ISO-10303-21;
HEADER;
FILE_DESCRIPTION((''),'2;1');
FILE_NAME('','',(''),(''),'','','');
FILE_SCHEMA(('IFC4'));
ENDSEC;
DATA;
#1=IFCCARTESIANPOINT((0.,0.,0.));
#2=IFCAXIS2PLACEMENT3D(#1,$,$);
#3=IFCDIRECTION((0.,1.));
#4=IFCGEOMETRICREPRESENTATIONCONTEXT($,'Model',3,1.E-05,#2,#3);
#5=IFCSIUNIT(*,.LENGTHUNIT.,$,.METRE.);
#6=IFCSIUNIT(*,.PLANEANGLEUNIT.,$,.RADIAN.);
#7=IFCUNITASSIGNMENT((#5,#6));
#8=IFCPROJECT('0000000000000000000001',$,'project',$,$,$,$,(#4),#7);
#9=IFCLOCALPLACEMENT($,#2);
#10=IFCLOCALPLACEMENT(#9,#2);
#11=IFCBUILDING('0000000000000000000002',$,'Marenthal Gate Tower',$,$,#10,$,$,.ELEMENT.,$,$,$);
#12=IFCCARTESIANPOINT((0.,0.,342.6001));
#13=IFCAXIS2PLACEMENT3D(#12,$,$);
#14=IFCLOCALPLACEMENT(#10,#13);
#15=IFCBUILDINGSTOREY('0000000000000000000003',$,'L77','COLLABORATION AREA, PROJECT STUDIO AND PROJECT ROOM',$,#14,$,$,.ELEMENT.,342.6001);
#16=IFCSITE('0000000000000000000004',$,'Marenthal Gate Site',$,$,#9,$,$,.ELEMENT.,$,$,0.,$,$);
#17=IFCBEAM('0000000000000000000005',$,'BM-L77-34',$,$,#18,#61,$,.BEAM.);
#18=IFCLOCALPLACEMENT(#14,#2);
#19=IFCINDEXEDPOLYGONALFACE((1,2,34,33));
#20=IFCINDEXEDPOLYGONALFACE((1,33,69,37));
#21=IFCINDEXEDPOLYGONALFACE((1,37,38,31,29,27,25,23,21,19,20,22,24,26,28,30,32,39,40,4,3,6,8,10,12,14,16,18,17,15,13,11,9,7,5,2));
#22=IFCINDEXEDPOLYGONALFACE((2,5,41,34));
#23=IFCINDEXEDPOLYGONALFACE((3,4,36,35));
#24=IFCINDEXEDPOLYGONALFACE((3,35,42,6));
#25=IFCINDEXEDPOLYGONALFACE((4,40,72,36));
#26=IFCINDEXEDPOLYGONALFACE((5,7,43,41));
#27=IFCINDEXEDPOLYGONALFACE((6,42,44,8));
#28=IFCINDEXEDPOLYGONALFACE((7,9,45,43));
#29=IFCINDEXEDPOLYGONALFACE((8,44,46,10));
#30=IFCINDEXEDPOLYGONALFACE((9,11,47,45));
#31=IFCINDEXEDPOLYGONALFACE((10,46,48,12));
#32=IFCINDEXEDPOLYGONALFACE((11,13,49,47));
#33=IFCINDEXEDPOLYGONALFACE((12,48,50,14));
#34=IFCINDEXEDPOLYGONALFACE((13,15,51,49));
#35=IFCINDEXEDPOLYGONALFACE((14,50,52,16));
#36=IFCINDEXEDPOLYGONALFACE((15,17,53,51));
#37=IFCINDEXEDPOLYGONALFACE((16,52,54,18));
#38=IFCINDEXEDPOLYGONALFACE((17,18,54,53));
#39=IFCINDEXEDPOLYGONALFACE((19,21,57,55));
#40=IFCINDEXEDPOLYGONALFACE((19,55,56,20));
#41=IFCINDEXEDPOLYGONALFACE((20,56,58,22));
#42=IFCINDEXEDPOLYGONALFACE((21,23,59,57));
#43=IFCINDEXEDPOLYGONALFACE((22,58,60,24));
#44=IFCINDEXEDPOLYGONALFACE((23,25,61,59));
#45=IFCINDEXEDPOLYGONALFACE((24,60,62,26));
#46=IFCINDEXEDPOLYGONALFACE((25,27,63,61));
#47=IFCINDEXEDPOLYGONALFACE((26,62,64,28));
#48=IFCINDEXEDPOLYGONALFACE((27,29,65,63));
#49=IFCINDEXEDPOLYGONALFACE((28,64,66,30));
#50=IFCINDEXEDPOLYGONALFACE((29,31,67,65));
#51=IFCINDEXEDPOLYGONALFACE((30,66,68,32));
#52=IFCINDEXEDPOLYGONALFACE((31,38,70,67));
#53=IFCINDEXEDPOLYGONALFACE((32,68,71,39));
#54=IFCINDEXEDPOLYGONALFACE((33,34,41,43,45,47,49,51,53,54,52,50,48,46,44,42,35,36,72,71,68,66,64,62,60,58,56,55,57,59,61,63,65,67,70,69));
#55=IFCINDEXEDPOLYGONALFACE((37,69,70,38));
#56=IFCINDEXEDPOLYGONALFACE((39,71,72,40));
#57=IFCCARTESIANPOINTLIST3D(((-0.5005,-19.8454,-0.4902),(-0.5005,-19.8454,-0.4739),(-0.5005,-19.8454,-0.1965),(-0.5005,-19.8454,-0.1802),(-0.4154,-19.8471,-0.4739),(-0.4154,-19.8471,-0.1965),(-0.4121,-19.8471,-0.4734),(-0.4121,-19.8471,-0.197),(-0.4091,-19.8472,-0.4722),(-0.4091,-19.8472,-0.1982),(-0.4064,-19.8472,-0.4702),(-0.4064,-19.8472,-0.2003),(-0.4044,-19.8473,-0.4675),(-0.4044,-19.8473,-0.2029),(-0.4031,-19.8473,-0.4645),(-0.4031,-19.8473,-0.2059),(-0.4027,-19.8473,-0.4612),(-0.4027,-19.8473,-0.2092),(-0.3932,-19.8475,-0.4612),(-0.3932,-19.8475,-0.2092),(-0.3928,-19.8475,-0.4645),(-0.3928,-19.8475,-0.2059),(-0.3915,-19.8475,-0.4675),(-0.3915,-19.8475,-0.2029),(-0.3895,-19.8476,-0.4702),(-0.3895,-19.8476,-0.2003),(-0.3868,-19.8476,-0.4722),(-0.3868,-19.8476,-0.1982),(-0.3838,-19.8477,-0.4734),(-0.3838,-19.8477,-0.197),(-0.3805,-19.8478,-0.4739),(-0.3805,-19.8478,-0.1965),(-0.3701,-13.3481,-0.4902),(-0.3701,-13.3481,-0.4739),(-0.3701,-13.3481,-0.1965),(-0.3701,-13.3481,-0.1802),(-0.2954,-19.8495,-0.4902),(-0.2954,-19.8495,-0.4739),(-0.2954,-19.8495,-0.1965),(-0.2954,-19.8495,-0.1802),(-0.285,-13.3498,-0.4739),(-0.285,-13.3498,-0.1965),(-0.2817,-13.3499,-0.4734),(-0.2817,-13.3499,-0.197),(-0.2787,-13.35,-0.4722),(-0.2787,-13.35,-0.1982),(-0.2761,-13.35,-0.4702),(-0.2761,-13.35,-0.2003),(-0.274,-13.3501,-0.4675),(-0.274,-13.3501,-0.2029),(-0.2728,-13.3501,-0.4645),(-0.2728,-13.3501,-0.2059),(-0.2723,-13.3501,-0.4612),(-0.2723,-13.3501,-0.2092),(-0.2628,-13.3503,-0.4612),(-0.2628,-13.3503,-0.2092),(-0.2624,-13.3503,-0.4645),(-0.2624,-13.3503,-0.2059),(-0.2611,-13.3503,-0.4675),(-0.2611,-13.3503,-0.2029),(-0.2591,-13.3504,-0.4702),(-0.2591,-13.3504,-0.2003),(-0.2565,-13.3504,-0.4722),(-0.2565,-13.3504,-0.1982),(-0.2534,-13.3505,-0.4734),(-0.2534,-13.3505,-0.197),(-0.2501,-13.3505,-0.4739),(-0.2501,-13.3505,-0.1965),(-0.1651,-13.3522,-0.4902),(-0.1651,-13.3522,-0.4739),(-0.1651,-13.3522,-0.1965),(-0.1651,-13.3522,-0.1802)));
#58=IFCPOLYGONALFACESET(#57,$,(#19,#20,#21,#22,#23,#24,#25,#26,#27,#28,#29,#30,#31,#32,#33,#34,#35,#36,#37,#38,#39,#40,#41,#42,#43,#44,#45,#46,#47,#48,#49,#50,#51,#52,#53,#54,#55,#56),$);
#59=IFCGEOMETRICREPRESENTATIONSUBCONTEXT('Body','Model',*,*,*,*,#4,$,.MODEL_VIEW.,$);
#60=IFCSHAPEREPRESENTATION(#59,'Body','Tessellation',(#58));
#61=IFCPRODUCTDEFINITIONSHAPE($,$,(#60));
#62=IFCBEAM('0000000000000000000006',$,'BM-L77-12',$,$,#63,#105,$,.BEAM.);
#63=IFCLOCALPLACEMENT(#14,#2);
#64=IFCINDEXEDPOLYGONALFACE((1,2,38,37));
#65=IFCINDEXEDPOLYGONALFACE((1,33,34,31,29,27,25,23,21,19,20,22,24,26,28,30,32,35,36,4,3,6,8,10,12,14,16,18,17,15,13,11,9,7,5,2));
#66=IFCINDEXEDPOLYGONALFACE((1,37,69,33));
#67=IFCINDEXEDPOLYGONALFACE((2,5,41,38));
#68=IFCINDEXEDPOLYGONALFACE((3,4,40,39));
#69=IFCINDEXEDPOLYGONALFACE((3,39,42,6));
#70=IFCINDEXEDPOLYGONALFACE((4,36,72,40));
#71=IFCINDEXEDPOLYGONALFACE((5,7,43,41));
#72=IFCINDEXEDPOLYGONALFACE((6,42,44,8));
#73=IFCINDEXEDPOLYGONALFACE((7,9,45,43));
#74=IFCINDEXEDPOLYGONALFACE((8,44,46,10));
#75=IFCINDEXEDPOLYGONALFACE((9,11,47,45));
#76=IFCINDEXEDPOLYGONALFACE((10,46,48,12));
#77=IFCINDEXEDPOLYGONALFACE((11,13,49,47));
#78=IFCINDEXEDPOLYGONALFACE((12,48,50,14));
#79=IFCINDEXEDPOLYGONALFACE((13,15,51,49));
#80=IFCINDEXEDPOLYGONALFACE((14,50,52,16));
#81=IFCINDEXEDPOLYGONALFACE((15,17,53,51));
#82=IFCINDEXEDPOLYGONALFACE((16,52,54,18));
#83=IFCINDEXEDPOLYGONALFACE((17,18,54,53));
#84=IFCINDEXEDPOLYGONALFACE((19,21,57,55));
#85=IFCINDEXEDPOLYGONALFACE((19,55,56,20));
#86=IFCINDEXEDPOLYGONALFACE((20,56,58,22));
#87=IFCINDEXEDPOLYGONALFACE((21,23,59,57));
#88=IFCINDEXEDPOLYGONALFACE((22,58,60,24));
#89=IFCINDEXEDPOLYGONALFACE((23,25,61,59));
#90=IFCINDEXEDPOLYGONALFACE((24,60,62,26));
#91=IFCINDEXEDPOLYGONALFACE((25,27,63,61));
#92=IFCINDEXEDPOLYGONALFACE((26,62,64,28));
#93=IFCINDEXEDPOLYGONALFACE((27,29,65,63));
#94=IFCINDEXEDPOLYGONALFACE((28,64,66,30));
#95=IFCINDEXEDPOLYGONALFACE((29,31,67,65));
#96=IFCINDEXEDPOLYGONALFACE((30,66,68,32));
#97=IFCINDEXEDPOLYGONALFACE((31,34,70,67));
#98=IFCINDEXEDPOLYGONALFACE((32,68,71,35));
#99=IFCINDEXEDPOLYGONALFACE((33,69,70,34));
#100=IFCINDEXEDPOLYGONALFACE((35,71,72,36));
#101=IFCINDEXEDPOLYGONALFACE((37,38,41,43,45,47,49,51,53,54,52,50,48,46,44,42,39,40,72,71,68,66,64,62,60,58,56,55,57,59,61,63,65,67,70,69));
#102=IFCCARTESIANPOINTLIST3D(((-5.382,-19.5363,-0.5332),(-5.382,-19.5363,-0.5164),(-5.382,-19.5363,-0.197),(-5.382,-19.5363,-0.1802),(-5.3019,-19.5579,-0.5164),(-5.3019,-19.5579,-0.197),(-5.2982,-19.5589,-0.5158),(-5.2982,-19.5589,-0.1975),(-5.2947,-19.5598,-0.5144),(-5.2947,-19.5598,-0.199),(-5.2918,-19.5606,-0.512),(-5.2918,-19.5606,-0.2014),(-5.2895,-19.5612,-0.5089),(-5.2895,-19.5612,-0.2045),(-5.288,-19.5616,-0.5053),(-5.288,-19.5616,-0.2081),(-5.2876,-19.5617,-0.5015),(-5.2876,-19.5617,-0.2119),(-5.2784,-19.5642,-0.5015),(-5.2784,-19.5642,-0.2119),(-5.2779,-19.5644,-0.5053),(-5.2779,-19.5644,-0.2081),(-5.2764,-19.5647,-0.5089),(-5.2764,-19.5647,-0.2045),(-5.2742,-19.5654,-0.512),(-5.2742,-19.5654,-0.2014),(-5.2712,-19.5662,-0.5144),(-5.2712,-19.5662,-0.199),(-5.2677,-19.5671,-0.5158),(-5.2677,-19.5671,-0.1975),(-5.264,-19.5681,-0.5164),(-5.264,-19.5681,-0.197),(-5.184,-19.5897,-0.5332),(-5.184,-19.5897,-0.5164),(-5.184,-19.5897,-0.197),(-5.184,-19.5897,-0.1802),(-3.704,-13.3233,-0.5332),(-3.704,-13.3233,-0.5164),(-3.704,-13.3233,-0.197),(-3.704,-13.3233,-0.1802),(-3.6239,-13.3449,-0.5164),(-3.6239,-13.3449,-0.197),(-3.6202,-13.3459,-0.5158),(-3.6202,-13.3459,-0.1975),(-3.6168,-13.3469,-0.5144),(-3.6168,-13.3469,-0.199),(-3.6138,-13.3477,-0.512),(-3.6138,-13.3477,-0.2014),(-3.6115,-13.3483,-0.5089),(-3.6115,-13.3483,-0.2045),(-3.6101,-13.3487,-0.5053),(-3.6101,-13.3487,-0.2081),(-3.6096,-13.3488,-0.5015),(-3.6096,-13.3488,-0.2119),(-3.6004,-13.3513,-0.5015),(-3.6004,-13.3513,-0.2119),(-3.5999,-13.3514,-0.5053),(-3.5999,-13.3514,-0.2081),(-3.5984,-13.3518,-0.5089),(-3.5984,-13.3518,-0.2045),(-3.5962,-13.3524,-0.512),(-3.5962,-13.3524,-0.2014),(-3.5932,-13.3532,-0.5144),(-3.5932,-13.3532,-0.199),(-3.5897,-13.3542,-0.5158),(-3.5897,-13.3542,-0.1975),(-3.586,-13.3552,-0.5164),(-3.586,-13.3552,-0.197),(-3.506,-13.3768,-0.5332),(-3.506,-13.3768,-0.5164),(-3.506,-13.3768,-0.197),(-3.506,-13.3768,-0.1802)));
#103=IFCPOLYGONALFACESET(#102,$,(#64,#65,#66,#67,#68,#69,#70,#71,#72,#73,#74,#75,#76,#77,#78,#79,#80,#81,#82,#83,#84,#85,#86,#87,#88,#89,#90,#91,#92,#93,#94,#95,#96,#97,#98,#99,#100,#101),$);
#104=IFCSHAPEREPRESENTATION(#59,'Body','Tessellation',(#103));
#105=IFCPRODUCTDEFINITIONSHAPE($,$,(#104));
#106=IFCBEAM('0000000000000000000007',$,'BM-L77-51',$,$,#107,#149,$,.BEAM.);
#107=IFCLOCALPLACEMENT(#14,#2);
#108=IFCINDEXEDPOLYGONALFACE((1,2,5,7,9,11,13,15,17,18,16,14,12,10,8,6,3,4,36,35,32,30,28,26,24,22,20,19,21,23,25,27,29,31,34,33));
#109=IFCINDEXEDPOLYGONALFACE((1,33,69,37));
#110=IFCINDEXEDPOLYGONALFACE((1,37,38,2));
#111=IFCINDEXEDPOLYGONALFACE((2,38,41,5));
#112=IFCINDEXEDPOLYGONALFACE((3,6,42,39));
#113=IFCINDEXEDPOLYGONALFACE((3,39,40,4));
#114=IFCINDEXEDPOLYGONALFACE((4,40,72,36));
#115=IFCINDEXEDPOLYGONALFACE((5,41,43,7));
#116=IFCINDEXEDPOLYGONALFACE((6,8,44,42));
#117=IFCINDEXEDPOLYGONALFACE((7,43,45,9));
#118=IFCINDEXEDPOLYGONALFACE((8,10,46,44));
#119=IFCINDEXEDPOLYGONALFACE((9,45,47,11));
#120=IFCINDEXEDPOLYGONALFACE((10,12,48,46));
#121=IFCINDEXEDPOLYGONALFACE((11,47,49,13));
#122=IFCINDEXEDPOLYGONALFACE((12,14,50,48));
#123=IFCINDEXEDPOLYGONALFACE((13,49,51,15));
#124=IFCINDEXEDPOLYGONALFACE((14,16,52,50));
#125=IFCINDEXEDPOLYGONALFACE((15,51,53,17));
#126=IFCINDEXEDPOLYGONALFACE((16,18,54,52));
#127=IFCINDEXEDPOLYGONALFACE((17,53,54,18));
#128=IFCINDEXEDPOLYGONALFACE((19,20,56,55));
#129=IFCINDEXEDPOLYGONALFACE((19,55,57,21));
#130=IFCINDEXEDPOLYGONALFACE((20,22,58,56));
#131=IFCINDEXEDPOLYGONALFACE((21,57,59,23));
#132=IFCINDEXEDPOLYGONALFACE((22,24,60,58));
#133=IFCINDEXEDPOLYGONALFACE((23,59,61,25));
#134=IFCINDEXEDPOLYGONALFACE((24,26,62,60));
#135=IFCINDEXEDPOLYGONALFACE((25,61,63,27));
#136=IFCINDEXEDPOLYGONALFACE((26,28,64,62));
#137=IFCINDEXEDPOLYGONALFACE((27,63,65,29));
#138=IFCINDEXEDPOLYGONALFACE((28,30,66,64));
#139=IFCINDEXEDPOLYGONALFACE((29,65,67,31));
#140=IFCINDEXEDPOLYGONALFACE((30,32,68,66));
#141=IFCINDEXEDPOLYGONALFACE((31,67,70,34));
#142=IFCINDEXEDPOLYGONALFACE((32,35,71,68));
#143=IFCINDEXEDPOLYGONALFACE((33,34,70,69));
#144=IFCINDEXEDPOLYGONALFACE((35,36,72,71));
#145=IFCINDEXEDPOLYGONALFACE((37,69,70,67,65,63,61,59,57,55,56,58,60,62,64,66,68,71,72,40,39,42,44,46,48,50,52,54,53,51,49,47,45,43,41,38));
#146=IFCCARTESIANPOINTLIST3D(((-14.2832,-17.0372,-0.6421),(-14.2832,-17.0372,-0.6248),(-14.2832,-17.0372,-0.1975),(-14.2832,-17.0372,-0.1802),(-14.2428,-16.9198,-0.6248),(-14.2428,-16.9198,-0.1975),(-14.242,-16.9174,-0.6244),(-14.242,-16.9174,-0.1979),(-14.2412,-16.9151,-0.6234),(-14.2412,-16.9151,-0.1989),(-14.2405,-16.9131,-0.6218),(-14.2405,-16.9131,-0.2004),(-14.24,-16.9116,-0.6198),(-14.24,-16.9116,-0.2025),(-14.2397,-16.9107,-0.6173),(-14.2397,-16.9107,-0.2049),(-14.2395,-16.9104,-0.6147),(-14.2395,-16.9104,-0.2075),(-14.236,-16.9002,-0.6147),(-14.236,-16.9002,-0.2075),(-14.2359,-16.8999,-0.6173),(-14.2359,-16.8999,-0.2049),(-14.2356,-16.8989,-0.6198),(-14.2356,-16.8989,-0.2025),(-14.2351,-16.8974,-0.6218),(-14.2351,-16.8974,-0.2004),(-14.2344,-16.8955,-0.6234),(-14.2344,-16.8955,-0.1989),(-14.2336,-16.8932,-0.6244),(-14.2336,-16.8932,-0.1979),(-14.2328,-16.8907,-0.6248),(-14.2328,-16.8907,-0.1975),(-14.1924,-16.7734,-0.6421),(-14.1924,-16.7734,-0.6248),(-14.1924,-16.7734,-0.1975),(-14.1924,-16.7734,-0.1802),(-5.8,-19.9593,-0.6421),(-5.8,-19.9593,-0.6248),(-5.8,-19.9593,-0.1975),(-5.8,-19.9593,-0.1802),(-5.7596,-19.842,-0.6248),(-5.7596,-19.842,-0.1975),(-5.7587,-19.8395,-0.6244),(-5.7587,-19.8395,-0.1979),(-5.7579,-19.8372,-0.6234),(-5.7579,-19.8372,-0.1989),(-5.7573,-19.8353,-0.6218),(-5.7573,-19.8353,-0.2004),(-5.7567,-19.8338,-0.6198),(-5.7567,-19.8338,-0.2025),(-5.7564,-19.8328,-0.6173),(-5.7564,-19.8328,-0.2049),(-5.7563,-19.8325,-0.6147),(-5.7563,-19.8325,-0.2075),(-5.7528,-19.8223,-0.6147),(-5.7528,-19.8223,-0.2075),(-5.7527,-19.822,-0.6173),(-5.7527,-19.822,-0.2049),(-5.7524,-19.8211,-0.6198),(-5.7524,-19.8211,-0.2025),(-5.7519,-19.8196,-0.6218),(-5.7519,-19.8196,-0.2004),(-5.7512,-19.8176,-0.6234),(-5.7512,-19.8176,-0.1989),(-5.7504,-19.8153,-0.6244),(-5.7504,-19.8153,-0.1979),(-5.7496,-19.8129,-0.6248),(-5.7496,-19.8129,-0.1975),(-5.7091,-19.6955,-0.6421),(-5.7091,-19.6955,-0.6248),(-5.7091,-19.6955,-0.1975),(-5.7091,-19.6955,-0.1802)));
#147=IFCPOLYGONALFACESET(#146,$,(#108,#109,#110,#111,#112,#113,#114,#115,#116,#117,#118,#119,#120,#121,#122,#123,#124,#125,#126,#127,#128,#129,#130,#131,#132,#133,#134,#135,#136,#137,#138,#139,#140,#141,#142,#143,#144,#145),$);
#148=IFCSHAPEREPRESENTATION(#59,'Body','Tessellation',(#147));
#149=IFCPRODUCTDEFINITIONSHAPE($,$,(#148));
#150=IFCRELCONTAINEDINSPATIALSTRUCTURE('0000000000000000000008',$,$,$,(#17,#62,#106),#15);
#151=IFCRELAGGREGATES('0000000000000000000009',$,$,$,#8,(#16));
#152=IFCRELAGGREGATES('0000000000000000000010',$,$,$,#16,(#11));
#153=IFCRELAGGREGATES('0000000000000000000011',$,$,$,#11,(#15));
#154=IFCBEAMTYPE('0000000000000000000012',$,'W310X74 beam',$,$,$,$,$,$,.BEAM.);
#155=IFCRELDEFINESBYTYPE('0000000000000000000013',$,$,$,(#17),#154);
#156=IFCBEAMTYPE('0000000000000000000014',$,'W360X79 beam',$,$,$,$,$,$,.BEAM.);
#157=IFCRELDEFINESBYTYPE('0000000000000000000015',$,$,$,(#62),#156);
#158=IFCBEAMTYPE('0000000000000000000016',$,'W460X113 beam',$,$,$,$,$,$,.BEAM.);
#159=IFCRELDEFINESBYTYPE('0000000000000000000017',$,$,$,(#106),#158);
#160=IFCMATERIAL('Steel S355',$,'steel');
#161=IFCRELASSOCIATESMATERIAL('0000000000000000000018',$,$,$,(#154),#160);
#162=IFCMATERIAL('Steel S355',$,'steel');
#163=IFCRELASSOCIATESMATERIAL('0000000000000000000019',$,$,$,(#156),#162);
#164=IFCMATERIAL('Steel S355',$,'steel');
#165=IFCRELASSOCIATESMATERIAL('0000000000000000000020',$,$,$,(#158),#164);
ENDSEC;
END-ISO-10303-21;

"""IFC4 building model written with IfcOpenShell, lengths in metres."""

from ifc_helpers import new_model, si_unit, direction, frame, origin, origin_2d, place, context, subcontext, project, spatial, i_section, extrude, material, material_profile, profile_set, type_object, element, save


model = new_model("IFC4")

# Units and contexts
model_context = context("Model", 3, precision=1e-05, world=origin(), true_north=direction((0.0, 1.0)))
body_context = subcontext(model_context, "Body", "Model", "MODEL_VIEW")
ifc_project = project(units=[si_unit("LENGTHUNIT", "METRE"), si_unit("PLANEANGLEUNIT", "RADIAN")], contexts=[model_context])

# Site, building, storey
site_placement = place(None, origin())
site = spatial("IfcSite", under=ifc_project, at=site_placement, Name="Marenthal Gate Site", CompositionType="ELEMENT", RefElevation=0.0)
building_placement = place(site_placement, origin())
building = spatial("IfcBuilding", under=site, at=building_placement, Name="Marenthal Gate Tower", CompositionType="ELEMENT")
storey_placement = place(building_placement, frame((0.0, 0.0, 342.6001)))
storey = spatial("IfcBuildingStorey", under=building, at=storey_placement, Name="L77", Description="COLLABORATION AREA, PROJECT STUDIO AND PROJECT ROOM", CompositionType="ELEMENT", Elevation=342.6001)

# Beams
ifc_material_1 = material(Name="Steel S355", Category="steel")
ifc_material_profile_1 = material_profile(ifc_material_1, i_section(OverallWidth=0.2051, OverallDepth=0.3101, WebThickness=0.0095, FlangeThickness=0.0164, FilletRadius=0.0127, at=origin_2d()), Name="W310X74")
ifc_profile_set_1 = profile_set([ifc_material_profile_1], Name="Steel S355")
beam_type_1 = type_object("IfcBeamType", Name="W310X74 beam", PredefinedType="BEAM", material=ifc_profile_set_1)
beam_1_placement = place(storey_placement, frame((-0.3979, -19.8474, -0.3352), z_axis=(0.020061, 0.999799, 0.0), x_axis=(-0.999799, 0.020061, 0.0)))
element("IfcBeam", 1, at=beam_1_placement, inside=storey, type_object=beam_type_1, Name="BM-L77-34", PredefinedType="BEAM", context=body_context, shape_type="SweptSolid", body=[
    extrude(i_section(OverallWidth=0.2051, OverallDepth=0.3101, WebThickness=0.0095, FlangeThickness=0.0164, FilletRadius=0.0127, at=origin_2d()), origin(), (0.0, 0.0, 1.0), 6.4985),
])
ifc_material_2 = material(Name="Steel S355", Category="steel")
ifc_material_profile_2 = material_profile(ifc_material_2, i_section(OverallWidth=0.2051, OverallDepth=0.353, WebThickness=0.0095, FlangeThickness=0.0168, FilletRadius=0.0149, at=origin_2d()), Name="W360X79")
ifc_profile_set_2 = profile_set([ifc_material_profile_2], Name="Steel S355")
beam_type_2 = type_object("IfcBeamType", Name="W360X79 beam", PredefinedType="BEAM", material=ifc_profile_set_2)
beam_2_placement = place(storey_placement, frame((-5.283, -19.563, -0.3567), z_axis=(0.260738, 0.96541, 0.0), x_axis=(-0.96541, 0.260738, 0.0)))
element("IfcBeam", 2, at=beam_2_placement, inside=storey, type_object=beam_type_2, Name="BM-L77-12", PredefinedType="BEAM", context=body_context, shape_type="SweptSolid", body=[
    extrude(i_section(OverallWidth=0.2051, OverallDepth=0.353, WebThickness=0.0095, FlangeThickness=0.0168, FilletRadius=0.0149, at=origin_2d()), origin(), (0.0, 0.0, 1.0), 6.4355),
])
ifc_material_3 = material(Name="Steel S355", Category="steel")
ifc_material_profile_3 = material_profile(ifc_material_3, i_section(OverallWidth=0.2791, OverallDepth=0.4619, WebThickness=0.0107, FlangeThickness=0.0173, FilletRadius=0.01, at=origin_2d()), Name="W460X113")
ifc_profile_set_3 = profile_set([ifc_material_profile_3], Name="Steel S355")
beam_type_3 = type_object("IfcBeamType", Name="W460X113 beam", PredefinedType="BEAM", material=ifc_profile_set_3)
beam_3_placement = place(storey_placement, frame((-14.2378, -16.9053, -0.4111), z_axis=(0.94548, -0.325681, 0.0), x_axis=(0.325681, 0.94548, 0.0)))
element("IfcBeam", 3, at=beam_3_placement, inside=storey, type_object=beam_type_3, Name="BM-L77-51", PredefinedType="BEAM", context=body_context, shape_type="SweptSolid", body=[
    extrude(i_section(OverallWidth=0.2791, OverallDepth=0.4619, WebThickness=0.0107, FlangeThickness=0.0173, FilletRadius=0.01, at=origin_2d()), origin(), (0.0, 0.0, 1.0), 8.9724),
])

save(model, "model.ifc")
